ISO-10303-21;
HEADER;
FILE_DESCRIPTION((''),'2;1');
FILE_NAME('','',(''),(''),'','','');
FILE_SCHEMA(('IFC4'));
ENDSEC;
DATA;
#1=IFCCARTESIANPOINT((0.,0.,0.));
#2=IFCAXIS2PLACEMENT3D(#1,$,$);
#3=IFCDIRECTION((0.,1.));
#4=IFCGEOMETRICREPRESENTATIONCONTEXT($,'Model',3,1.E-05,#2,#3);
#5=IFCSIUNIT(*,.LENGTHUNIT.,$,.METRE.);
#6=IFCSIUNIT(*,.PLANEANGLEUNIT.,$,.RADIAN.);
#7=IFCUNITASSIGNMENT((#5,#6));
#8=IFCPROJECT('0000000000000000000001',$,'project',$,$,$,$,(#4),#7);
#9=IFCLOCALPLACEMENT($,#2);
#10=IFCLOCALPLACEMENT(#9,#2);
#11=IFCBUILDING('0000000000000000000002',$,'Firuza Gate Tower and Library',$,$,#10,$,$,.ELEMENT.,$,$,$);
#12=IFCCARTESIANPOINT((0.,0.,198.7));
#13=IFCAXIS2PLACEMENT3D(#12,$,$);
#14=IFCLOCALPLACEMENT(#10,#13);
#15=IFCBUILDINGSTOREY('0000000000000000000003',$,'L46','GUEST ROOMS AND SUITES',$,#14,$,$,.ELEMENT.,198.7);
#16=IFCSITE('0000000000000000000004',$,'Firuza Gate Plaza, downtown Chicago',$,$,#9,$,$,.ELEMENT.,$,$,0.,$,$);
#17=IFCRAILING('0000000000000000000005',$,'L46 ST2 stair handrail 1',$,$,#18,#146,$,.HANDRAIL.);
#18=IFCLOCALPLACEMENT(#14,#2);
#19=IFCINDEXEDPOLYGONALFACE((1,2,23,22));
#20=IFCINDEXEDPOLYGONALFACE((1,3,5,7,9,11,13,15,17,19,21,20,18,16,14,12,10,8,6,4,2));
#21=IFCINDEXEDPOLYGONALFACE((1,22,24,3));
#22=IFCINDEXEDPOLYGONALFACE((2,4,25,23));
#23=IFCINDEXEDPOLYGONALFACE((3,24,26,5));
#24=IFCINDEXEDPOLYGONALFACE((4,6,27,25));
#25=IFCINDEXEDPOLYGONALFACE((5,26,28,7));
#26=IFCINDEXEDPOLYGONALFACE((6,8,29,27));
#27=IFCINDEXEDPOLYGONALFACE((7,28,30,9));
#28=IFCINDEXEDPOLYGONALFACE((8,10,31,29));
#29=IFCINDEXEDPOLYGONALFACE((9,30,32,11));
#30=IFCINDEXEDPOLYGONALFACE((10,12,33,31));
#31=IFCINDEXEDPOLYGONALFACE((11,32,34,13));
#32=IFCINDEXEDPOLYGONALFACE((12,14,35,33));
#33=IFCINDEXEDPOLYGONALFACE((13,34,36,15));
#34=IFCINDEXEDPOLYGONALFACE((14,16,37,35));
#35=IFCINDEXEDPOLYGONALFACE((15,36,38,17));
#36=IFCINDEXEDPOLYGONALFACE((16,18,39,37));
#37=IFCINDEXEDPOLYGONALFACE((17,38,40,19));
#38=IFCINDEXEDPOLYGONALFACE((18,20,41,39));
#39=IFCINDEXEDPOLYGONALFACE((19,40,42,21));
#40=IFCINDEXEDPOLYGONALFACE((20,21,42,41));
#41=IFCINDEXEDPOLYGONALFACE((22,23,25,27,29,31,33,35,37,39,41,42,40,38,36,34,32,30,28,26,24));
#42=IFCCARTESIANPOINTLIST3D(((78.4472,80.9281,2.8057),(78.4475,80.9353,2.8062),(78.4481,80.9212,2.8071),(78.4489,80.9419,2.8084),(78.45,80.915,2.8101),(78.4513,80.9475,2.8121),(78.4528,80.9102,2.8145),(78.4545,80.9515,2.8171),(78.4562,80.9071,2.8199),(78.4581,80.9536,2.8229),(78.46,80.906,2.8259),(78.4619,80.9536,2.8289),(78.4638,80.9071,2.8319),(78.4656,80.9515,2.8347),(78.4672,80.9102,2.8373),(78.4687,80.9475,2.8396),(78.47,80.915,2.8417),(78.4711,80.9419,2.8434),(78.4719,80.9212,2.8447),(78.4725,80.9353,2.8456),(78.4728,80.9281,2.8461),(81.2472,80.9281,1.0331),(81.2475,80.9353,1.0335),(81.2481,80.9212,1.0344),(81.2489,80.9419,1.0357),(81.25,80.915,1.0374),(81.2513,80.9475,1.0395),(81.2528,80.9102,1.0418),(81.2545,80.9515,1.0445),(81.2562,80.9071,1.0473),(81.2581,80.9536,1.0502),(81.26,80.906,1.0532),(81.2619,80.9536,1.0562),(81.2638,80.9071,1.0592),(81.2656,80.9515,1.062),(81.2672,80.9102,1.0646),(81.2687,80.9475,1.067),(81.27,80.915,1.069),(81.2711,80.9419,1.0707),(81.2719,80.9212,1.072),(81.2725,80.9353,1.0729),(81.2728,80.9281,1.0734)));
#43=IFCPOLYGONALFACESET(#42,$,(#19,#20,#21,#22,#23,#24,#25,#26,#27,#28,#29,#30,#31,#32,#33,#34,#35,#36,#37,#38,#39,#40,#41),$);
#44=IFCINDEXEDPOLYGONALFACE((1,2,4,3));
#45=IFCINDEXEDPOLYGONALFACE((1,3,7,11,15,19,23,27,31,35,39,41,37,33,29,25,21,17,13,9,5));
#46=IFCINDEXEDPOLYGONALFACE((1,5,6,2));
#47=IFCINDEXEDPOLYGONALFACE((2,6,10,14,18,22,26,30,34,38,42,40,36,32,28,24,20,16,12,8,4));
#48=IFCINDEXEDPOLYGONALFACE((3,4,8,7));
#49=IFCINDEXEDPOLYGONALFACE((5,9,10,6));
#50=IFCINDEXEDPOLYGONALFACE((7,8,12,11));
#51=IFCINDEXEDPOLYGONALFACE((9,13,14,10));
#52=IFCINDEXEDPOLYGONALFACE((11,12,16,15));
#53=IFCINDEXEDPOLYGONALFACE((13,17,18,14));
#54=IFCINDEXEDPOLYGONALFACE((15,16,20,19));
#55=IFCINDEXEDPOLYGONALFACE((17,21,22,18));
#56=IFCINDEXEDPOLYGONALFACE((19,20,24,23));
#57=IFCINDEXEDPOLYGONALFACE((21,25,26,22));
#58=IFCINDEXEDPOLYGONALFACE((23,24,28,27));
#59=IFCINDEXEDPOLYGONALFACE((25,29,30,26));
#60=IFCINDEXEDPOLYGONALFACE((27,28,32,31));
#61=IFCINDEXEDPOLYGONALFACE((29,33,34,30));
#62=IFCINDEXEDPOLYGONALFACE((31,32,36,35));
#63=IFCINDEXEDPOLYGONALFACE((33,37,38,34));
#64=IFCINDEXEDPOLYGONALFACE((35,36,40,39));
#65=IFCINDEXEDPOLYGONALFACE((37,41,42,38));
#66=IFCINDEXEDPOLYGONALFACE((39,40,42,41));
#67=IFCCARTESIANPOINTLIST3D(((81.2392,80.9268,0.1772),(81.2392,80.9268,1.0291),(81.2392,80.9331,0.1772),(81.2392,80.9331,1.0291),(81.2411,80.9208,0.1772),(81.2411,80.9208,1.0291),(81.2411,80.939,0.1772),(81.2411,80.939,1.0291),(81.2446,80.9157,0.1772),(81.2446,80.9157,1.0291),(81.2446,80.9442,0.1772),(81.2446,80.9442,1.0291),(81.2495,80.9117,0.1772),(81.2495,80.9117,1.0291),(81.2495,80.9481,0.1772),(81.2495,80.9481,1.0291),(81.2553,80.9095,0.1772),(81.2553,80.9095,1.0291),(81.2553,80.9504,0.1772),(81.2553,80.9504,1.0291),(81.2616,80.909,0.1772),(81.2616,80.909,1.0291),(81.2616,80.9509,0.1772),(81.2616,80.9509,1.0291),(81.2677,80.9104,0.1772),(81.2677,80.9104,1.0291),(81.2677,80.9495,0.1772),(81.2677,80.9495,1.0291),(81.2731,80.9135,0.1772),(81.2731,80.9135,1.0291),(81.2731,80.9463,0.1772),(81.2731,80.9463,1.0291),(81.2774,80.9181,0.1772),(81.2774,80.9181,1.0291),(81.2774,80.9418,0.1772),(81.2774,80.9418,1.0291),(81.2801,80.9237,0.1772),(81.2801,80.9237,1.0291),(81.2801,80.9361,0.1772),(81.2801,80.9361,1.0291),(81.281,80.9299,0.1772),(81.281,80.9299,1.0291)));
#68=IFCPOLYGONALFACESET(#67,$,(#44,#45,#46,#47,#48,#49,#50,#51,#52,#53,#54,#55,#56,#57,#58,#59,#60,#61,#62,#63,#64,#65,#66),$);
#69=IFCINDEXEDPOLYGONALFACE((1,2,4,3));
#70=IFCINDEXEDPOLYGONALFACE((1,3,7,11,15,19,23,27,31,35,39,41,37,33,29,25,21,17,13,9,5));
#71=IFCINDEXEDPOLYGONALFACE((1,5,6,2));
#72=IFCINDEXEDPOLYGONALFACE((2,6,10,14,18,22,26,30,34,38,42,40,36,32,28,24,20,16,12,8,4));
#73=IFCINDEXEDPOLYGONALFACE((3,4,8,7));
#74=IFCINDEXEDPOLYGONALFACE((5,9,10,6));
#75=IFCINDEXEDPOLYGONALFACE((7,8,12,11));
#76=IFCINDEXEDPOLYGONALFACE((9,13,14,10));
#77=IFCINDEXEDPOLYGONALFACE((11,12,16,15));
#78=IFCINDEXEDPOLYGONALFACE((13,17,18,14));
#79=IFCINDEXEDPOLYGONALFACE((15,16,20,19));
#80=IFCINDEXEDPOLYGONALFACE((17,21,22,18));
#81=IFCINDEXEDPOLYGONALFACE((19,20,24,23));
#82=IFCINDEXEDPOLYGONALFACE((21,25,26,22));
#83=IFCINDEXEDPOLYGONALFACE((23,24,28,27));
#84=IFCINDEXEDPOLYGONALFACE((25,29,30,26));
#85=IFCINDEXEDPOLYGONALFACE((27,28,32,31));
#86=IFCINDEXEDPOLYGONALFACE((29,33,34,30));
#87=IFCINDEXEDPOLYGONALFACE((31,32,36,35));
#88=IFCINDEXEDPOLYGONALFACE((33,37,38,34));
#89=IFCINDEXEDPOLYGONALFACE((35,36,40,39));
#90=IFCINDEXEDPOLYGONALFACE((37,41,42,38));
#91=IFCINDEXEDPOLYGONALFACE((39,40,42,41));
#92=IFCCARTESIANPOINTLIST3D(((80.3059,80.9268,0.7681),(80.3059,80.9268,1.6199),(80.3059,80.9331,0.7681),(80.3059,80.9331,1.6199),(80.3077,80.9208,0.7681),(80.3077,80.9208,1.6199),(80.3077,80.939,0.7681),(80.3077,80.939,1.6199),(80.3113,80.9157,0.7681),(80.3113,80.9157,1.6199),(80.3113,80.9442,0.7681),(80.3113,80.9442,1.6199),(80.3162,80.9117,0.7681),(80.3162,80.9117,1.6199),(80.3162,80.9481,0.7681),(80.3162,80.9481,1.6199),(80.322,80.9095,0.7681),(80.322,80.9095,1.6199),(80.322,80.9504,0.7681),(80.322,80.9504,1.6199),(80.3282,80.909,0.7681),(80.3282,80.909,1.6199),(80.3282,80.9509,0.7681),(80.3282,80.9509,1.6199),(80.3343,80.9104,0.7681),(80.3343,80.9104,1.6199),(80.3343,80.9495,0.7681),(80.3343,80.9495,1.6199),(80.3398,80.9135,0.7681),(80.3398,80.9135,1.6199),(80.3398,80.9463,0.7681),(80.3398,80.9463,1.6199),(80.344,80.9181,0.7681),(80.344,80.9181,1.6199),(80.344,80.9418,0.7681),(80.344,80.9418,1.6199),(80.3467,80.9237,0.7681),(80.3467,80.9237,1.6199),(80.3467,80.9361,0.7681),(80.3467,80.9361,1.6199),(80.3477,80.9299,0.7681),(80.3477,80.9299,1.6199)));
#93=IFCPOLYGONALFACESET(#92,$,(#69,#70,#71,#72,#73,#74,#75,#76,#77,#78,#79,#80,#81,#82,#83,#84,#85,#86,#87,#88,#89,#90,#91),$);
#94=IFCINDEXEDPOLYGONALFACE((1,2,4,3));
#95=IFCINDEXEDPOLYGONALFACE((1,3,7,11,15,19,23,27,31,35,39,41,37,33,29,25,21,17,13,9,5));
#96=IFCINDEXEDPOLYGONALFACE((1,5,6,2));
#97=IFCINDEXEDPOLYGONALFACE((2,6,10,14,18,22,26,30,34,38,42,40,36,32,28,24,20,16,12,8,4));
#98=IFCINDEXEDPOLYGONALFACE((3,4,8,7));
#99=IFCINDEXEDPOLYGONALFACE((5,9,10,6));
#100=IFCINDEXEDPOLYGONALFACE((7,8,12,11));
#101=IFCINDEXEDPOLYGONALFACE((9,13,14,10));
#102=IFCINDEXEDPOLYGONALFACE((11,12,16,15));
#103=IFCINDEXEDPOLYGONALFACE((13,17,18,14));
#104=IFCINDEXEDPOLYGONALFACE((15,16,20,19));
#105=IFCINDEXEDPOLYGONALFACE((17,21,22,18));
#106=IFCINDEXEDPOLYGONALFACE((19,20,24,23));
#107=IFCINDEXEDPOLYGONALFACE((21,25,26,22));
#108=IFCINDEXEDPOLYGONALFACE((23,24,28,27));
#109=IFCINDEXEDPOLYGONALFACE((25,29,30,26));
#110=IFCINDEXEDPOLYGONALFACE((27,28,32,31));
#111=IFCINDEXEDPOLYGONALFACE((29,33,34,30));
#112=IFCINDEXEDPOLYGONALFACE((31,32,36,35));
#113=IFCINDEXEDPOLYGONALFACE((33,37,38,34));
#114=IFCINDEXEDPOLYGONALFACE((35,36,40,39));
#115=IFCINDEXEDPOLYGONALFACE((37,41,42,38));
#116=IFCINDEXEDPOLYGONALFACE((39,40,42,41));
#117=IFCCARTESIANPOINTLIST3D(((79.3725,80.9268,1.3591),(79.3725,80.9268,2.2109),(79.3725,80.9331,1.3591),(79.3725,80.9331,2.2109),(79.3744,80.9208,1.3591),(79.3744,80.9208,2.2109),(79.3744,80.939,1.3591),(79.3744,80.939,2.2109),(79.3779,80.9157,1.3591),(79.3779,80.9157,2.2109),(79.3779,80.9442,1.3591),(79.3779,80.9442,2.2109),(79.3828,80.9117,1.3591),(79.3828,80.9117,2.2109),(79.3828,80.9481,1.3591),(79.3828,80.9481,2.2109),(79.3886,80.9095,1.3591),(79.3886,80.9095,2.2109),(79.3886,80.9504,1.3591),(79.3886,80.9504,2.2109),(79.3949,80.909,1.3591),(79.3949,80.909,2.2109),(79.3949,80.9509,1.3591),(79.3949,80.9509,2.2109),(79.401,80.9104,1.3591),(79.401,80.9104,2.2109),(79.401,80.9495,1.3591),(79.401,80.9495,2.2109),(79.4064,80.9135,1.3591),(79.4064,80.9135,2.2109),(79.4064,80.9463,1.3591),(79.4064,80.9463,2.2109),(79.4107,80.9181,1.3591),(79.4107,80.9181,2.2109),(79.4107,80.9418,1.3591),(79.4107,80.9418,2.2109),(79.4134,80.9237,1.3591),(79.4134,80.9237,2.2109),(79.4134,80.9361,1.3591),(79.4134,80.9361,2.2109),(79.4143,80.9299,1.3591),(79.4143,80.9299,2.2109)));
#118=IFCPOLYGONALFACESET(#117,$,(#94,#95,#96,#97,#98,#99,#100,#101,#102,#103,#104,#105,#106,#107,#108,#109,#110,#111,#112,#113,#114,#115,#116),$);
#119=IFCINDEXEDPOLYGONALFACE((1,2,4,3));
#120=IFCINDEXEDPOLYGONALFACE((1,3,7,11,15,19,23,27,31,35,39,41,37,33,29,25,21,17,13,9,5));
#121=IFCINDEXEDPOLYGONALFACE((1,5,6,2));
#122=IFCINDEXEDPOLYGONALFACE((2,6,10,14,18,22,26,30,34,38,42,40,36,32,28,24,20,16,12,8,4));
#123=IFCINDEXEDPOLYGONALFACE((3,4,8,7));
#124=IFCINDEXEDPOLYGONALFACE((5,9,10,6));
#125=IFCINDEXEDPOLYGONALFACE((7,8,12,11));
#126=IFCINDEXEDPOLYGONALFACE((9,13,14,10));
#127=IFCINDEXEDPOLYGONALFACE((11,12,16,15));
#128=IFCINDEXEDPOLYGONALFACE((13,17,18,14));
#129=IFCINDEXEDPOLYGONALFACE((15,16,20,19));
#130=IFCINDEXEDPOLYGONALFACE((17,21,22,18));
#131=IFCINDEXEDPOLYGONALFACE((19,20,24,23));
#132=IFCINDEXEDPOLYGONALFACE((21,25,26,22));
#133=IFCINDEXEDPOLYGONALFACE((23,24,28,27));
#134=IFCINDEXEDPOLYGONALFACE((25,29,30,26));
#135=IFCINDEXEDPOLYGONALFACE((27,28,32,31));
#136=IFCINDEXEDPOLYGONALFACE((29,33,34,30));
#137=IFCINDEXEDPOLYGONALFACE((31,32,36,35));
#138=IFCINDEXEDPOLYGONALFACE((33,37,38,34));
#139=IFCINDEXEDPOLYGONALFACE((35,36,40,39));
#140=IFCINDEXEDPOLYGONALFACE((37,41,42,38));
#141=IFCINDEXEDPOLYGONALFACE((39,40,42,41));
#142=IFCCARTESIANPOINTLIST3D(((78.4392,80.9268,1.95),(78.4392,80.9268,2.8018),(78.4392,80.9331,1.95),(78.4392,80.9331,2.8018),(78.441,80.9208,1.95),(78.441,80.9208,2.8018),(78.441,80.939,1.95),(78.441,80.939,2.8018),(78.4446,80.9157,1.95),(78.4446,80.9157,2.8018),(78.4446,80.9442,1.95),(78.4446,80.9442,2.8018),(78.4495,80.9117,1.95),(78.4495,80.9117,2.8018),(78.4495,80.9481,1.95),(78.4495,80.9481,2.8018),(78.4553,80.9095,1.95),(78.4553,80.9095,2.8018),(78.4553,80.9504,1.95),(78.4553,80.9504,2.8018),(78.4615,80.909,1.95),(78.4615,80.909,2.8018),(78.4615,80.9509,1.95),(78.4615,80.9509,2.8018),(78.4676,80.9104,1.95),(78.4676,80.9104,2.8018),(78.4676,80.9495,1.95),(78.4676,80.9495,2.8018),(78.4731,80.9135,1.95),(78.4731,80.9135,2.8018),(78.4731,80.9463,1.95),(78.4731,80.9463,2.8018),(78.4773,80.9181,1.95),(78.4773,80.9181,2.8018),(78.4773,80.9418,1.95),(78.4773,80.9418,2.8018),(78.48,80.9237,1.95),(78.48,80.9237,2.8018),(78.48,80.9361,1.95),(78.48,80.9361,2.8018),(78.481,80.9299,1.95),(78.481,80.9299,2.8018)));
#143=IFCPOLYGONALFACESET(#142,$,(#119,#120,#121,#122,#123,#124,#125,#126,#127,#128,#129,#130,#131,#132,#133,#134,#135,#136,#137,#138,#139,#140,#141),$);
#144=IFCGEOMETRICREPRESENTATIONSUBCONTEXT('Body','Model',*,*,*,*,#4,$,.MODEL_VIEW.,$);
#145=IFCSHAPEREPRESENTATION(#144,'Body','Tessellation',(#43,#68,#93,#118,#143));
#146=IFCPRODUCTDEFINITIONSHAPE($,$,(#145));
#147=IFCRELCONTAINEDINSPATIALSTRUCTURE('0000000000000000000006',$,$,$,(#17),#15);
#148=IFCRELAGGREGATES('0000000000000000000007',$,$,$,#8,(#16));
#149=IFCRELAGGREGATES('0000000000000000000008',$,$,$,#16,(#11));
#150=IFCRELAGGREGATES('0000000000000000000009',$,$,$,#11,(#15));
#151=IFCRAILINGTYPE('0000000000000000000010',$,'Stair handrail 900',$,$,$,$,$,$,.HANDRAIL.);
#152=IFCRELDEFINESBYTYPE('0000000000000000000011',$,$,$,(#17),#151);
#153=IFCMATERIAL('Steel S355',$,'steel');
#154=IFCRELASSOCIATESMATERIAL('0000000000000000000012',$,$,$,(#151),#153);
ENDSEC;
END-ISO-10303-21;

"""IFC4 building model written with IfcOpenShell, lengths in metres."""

from ifc_helpers import new_model, si_unit, direction, frame, origin, origin_2d, place, context, subcontext, project, spatial, circle, extrude, material, type_object, element, save


model = new_model("IFC4")

# Units and contexts
model_context = context("Model", 3, precision=1e-05, world=origin(), true_north=direction((0.0, 1.0)))
body_context = subcontext(model_context, "Body", "Model", "MODEL_VIEW")
ifc_project = project(units=[si_unit("LENGTHUNIT", "METRE"), si_unit("PLANEANGLEUNIT", "RADIAN")], contexts=[model_context])

# Site, building, storey
site_placement = place(None, origin())
site = spatial("IfcSite", under=ifc_project, at=site_placement, Name="Firuza Gate Plaza, downtown Chicago", CompositionType="ELEMENT", RefElevation=0.0)
building_placement = place(site_placement, origin())
building = spatial("IfcBuilding", under=site, at=building_placement, Name="Firuza Gate Tower and Library", CompositionType="ELEMENT")
storey_placement = place(building_placement, frame((0.0, 0.0, 198.7)))
storey = spatial("IfcBuildingStorey", under=building, at=storey_placement, Name="L46", Description="GUEST ROOMS AND SUITES", CompositionType="ELEMENT", Elevation=198.7)

# Railing
ifc_material_1 = material(Name="Steel S355", Category="steel")
railing_type_1 = type_object("IfcRailingType", Name="Stair handrail 900", PredefinedType="HANDRAIL", material=ifc_material_1)
railing_1_placement = place(storey_placement, frame((81.26, 80.9299, 0.1772)))
element("IfcRailing", 1, at=railing_1_placement, inside=storey, type_object=railing_type_1, Name="L46 ST2 stair handrail 1", PredefinedType="HANDRAIL", context=body_context, shape_type="SweptSolid", body=[
    extrude(circle(Radius=0.0239, at=origin_2d()), frame((0.0, 0.0, 0.876), z_axis=(-0.844909, 0.0, 0.53491), x_axis=(0.0, -1.0, 0.0)), (0.0, 0.0, 1.0), 3.314),
    extrude(circle(Radius=0.021, at=origin_2d()), origin(), (0.0, 0.0, 1.0), 0.8518),
    extrude(circle(Radius=0.021, at=origin_2d()), frame((-0.9333, 0.0, 0.5908)), (0.0, 0.0, 1.0), 0.8518),
    extrude(circle(Radius=0.021, at=origin_2d()), frame((-1.8667, 0.0, 1.1819)), (0.0, 0.0, 1.0), 0.8518),
    extrude(circle(Radius=0.021, at=origin_2d()), frame((-2.8, 0.0, 1.7727)), (0.0, 0.0, 1.0), 0.8518),
])

save(model, "model.ifc")
